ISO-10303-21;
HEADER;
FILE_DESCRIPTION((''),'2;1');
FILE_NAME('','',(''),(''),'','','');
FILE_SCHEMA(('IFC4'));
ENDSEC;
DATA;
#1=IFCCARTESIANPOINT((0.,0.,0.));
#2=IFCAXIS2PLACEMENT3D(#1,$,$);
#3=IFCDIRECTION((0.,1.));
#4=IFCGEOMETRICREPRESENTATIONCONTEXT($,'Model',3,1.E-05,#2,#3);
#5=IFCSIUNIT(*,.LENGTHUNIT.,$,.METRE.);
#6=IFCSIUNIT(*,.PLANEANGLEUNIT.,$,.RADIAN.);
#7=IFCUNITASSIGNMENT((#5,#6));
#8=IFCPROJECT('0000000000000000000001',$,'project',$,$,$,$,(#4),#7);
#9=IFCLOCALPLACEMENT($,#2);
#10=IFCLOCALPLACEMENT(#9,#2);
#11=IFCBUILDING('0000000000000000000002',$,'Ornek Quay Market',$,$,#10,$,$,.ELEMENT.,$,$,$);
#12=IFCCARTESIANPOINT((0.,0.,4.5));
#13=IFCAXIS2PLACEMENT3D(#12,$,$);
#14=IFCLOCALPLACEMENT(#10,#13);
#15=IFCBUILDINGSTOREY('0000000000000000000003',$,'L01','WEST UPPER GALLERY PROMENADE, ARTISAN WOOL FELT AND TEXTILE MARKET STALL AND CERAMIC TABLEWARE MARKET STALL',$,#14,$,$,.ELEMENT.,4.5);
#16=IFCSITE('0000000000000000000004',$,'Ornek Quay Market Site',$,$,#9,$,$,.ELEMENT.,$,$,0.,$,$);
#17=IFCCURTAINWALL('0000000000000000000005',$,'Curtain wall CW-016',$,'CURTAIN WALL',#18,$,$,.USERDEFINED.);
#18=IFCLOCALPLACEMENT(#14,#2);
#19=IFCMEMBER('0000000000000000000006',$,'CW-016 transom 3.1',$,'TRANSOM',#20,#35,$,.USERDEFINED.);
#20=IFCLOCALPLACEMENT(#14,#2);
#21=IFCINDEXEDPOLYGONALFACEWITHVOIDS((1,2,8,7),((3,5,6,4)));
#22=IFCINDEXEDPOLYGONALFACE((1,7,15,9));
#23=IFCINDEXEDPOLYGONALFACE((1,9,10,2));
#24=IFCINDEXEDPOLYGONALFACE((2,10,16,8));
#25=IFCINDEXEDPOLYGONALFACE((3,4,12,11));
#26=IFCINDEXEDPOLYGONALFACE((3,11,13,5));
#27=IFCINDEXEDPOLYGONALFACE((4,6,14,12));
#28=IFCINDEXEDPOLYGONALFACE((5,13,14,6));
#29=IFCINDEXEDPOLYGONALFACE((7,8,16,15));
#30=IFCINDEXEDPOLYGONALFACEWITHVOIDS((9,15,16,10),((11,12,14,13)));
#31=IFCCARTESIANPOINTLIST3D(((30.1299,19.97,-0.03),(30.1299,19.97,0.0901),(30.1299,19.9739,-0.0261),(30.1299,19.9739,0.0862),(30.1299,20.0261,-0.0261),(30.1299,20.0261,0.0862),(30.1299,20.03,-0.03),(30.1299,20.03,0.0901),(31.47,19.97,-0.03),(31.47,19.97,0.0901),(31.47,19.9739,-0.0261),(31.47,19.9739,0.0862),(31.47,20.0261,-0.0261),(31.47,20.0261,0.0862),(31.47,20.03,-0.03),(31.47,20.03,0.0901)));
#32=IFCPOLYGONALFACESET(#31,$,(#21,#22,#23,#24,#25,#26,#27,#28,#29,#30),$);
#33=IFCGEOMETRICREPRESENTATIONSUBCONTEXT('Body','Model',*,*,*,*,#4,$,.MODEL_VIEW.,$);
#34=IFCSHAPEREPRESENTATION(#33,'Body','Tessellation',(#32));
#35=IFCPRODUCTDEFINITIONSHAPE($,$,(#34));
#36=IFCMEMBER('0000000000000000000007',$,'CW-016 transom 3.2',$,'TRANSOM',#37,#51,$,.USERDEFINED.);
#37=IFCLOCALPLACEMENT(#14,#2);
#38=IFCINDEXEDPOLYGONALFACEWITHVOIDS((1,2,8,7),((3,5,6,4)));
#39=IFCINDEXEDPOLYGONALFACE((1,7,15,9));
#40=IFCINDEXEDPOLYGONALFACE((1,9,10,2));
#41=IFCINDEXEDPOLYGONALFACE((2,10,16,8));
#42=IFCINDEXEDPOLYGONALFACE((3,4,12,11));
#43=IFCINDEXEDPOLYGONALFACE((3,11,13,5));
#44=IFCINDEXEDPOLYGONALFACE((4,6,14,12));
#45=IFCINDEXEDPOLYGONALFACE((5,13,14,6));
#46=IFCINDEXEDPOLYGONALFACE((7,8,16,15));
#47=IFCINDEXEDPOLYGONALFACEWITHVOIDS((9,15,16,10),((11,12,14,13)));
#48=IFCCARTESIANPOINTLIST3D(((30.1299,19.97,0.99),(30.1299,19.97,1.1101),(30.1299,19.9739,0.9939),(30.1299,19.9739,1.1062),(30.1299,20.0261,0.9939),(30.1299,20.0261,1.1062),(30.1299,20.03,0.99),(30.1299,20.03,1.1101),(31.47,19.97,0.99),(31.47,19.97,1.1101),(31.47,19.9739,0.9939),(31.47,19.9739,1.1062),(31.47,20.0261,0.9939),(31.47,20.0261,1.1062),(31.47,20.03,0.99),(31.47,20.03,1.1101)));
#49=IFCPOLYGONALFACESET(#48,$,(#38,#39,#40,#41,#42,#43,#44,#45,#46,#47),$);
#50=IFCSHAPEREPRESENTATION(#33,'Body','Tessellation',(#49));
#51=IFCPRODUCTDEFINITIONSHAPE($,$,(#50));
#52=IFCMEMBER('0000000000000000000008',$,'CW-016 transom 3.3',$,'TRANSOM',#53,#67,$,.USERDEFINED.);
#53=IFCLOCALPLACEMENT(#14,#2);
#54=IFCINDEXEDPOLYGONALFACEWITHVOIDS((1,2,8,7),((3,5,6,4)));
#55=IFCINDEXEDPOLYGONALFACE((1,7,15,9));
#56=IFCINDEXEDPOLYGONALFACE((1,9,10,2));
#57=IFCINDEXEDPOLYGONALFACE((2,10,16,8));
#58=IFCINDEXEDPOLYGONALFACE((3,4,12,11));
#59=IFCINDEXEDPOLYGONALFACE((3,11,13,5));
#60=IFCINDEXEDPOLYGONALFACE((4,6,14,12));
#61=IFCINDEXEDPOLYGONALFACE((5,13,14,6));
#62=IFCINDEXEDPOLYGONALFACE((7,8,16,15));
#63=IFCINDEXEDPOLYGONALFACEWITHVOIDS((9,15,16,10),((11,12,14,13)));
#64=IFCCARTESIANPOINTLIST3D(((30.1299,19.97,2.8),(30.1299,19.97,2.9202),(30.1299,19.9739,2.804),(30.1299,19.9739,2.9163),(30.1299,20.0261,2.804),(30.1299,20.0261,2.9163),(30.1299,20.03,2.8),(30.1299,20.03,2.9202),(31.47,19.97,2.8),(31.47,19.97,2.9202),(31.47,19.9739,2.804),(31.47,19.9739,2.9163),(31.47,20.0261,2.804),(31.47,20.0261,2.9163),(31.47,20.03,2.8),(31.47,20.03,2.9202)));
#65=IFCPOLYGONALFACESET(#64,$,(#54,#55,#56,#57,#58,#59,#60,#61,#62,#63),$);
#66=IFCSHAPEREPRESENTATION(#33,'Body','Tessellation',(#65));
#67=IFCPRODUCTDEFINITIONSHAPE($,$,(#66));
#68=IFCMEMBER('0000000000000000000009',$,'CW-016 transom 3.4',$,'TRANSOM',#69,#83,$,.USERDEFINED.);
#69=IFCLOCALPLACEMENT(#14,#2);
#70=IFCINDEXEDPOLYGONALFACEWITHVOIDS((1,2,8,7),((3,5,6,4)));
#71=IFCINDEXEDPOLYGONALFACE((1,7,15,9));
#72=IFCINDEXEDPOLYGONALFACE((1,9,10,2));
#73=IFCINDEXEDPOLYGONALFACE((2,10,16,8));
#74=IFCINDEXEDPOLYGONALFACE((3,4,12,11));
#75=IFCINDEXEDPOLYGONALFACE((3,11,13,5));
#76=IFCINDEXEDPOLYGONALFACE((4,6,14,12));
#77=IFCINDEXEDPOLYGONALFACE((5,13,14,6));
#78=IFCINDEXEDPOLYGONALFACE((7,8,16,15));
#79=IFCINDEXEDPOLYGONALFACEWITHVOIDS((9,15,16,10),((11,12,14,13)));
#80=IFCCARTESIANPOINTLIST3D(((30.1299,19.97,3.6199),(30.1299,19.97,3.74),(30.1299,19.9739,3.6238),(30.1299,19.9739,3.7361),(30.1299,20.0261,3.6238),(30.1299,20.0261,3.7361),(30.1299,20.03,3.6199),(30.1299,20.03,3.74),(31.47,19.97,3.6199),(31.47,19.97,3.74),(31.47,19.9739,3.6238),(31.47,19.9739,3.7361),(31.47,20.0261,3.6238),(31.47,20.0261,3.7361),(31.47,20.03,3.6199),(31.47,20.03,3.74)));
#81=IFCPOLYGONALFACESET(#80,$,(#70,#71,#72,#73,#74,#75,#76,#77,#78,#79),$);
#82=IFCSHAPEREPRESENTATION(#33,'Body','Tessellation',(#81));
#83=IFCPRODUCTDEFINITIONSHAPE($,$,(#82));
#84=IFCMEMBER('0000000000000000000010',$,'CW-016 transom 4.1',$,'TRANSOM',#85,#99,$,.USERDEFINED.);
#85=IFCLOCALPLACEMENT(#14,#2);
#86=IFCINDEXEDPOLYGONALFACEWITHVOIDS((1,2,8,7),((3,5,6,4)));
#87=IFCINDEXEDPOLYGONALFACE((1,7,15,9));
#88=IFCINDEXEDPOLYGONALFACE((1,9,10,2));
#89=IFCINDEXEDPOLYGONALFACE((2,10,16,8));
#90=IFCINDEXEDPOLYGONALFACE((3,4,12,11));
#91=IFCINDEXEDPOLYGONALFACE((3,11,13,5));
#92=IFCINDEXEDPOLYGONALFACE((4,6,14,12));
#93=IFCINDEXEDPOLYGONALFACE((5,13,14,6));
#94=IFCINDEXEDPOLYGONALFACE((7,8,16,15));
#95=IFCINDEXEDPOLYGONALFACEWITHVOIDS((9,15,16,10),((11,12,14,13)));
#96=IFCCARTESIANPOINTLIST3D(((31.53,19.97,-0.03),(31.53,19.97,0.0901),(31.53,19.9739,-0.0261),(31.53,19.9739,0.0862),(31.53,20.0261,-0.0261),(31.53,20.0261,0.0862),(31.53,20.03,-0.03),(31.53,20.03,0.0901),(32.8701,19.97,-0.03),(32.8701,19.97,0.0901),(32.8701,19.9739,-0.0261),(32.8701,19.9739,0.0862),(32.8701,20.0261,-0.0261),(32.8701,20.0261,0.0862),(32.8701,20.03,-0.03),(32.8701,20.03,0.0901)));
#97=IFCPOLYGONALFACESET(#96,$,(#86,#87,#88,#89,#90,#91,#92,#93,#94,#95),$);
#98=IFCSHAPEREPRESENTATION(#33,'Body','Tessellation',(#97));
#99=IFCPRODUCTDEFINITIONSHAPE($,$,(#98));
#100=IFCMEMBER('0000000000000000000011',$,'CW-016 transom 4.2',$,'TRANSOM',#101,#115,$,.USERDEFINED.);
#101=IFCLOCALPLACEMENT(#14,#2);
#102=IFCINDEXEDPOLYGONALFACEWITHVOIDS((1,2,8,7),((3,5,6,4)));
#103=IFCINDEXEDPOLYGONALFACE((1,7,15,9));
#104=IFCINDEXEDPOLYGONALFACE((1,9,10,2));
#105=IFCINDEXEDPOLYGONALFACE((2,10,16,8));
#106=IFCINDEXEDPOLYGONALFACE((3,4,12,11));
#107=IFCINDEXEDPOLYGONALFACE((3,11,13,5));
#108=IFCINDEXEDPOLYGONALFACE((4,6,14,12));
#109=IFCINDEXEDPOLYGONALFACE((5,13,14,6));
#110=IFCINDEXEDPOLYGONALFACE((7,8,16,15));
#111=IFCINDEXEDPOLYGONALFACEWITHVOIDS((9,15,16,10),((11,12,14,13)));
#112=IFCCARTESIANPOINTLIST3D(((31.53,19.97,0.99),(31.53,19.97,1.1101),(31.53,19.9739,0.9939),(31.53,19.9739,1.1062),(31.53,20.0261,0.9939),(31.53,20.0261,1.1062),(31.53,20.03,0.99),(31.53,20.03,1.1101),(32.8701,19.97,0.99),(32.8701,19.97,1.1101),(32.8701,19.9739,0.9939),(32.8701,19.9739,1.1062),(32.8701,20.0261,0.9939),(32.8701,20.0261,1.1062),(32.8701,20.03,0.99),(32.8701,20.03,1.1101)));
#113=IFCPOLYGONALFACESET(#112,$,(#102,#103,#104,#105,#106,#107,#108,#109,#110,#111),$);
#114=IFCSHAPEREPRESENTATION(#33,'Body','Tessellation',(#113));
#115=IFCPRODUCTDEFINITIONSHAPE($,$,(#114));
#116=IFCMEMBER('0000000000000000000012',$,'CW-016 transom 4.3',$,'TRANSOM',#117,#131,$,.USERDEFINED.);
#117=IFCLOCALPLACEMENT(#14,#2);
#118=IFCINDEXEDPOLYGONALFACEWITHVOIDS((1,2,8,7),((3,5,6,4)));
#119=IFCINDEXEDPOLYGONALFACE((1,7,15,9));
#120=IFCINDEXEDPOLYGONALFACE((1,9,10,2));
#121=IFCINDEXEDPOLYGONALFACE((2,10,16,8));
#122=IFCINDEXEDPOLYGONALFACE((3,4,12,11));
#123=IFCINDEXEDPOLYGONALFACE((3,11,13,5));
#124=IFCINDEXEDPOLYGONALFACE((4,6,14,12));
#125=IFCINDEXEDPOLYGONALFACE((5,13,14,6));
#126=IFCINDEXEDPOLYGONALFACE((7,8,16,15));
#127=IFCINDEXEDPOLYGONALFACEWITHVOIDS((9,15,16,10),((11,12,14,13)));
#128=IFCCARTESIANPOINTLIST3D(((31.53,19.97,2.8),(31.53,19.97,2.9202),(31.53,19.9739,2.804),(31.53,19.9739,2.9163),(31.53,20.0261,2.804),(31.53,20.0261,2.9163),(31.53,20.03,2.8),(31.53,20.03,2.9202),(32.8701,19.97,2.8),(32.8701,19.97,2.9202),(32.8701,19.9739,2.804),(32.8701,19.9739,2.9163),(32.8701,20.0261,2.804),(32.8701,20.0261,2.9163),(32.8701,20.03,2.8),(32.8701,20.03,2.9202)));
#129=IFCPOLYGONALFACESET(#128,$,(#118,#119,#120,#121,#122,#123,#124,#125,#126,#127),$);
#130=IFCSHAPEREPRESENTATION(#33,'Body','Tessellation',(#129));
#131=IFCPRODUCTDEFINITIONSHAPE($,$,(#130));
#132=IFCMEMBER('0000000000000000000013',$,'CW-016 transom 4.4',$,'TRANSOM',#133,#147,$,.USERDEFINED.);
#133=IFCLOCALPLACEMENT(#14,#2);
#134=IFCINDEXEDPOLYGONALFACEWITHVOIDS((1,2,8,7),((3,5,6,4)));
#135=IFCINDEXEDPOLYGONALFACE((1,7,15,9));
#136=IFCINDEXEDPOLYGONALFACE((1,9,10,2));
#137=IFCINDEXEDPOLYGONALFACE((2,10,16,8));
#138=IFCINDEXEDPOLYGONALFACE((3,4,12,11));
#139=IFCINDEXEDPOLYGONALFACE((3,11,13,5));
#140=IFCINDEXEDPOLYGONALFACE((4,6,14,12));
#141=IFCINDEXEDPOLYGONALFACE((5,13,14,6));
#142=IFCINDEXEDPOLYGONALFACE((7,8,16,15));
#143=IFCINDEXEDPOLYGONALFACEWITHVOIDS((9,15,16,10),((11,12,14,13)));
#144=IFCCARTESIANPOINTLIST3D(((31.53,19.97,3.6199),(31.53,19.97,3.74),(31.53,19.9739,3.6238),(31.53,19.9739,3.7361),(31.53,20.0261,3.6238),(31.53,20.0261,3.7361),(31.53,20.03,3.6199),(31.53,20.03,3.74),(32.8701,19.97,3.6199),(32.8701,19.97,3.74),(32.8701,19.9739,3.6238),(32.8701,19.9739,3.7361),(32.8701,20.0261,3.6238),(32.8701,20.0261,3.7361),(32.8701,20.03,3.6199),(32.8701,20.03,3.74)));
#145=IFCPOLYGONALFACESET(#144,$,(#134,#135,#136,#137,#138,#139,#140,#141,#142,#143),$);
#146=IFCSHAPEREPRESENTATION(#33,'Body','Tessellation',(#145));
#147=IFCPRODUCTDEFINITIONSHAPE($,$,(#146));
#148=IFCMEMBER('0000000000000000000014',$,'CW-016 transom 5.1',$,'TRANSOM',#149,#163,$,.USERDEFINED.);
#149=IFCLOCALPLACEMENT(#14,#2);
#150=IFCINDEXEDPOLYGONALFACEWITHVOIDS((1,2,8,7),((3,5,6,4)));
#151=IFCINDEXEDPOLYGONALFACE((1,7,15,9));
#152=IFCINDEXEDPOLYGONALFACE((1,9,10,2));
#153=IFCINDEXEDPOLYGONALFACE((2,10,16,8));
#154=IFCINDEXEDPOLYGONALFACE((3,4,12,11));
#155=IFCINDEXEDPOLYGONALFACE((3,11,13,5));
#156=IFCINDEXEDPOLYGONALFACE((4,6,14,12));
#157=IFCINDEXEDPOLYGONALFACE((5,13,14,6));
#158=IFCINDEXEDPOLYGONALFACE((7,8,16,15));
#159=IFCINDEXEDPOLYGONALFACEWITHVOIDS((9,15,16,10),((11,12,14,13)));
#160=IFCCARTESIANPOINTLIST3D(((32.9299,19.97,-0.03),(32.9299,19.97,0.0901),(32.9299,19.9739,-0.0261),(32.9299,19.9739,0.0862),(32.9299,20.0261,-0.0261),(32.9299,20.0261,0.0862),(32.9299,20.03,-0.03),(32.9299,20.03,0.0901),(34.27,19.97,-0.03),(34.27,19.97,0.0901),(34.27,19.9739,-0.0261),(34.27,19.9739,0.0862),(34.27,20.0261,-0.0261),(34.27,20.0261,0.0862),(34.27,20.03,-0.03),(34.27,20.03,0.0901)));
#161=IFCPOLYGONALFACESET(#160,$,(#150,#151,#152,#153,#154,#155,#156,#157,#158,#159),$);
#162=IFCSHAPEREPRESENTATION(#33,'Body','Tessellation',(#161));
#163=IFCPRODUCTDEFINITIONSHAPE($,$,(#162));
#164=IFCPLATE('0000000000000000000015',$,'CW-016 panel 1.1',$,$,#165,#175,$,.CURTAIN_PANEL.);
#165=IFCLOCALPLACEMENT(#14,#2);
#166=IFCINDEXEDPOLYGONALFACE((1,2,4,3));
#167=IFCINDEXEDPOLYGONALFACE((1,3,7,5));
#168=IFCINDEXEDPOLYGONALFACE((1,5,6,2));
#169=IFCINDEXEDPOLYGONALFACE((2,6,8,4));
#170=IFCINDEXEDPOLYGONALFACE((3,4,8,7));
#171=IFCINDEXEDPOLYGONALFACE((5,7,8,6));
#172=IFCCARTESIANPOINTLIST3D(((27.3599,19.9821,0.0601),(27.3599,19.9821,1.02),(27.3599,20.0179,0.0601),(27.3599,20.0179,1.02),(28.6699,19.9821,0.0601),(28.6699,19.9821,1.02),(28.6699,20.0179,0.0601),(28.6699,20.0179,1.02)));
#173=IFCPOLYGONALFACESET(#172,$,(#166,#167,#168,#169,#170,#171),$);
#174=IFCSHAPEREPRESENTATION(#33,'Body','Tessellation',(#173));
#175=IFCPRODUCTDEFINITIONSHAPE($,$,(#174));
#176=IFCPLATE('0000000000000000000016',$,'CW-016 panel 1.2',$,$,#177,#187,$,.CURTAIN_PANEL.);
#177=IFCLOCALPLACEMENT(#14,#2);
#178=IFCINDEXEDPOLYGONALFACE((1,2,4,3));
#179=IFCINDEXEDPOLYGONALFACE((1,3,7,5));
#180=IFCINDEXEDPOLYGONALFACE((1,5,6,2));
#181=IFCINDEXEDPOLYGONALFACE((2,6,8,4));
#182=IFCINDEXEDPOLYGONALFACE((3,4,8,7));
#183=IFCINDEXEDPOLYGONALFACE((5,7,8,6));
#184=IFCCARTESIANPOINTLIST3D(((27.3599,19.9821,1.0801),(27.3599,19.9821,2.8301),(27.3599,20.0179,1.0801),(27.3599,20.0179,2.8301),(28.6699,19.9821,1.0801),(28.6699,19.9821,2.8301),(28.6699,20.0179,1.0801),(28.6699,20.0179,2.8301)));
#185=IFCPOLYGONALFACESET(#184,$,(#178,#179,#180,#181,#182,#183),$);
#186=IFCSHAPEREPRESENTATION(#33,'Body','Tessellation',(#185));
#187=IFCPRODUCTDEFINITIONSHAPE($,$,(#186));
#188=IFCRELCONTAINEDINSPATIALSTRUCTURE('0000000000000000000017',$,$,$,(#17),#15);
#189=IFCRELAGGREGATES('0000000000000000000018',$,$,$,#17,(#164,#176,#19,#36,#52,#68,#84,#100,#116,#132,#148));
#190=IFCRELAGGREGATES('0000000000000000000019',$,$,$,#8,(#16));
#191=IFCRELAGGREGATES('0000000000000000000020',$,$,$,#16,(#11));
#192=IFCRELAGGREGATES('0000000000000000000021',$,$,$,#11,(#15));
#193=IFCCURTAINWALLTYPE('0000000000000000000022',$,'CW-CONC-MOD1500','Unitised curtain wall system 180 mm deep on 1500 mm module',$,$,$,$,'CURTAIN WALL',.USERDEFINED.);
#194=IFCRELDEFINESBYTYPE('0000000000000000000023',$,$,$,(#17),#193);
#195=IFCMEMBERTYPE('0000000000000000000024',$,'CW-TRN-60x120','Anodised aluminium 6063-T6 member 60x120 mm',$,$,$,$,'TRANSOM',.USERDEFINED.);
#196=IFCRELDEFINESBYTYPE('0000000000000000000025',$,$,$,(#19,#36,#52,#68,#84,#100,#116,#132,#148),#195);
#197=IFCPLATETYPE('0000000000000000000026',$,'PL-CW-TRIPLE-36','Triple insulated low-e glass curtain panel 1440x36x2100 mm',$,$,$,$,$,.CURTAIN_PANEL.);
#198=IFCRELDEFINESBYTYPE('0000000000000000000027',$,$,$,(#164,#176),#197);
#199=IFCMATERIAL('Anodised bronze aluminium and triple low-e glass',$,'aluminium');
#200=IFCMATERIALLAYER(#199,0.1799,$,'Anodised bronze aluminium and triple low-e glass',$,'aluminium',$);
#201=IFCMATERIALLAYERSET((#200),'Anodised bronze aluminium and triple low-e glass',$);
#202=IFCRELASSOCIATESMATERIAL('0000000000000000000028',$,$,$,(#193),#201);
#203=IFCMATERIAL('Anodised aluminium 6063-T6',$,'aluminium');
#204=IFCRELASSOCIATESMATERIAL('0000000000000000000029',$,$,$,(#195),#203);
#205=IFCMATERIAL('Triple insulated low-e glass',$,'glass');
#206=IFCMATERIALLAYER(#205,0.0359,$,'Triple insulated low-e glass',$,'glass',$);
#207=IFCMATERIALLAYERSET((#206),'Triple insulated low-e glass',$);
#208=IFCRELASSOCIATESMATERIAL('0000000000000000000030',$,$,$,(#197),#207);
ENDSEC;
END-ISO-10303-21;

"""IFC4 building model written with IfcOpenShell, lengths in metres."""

from ifc_helpers import new_model, si_unit, direction, frame, origin, origin_2d, place, context, subcontext, project, spatial, rectangle, hollow_rectangle, extrude, material, layer, layer_set, material_profile, profile_set, type_object, element, aggregate, save


model = new_model("IFC4")

# Units and contexts
model_context = context("Model", 3, precision=1e-05, world=origin(), true_north=direction((0.0, 1.0)))
body_context = subcontext(model_context, "Body", "Model", "MODEL_VIEW")
ifc_project = project(units=[si_unit("LENGTHUNIT", "METRE"), si_unit("PLANEANGLEUNIT", "RADIAN")], contexts=[model_context])

# Site, building, storey
site_placement = place(None, origin())
site = spatial("IfcSite", under=ifc_project, at=site_placement, Name="Ornek Quay Market Site", CompositionType="ELEMENT", RefElevation=0.0)
building_placement = place(site_placement, origin())
building = spatial("IfcBuilding", under=site, at=building_placement, Name="Ornek Quay Market", CompositionType="ELEMENT")
storey_placement = place(building_placement, frame((0.0, 0.0, 4.5)))
storey = spatial("IfcBuildingStorey", under=building, at=storey_placement, Name="L01", Description="WEST UPPER GALLERY PROMENADE, ARTISAN WOOL FELT AND TEXTILE MARKET STALL AND CERAMIC TABLEWARE MARKET STALL", CompositionType="ELEMENT", Elevation=4.5)

# Curtain wall, members, plates
ifc_material_1 = material(Name="Anodised bronze aluminium and triple low-e glass", Category="aluminium")
ifc_layer_1 = layer(ifc_material_1, 0.1799, Name="Anodised bronze aluminium and triple low-e glass", Category="aluminium")
ifc_layer_set_1 = layer_set([ifc_layer_1], Name="Anodised bronze aluminium and triple low-e glass")
curtain_wall_type = type_object("IfcCurtainWallType", Name="CW-CONC-MOD1500", Description="Unitised curtain wall system 180 mm deep on 1500 mm module", ElementType="CURTAIN WALL", PredefinedType="USERDEFINED", material=ifc_layer_set_1)
curtain_wall_placement = place(storey_placement, origin())
curtain_wall = element("IfcCurtainWall", 1, at=curtain_wall_placement, inside=storey, type_object=curtain_wall_type, Name="Curtain wall CW-016", ObjectType="CURTAIN WALL", PredefinedType="USERDEFINED")
ifc_material_2 = material(Name="Anodised aluminium 6063-T6", Category="aluminium")
ifc_material_profile_1 = material_profile(ifc_material_2, hollow_rectangle(XDim=0.0601, YDim=0.1201, WallThickness=0.0039, at=origin_2d()), Name="CW-TRN-60x120", Category="aluminium")
ifc_profile_set_1 = profile_set([ifc_material_profile_1], Name="Anodised aluminium 6063-T6")
member_type_1 = type_object("IfcMemberType", Name="CW-TRN-60x120", Description="Anodised aluminium 6063-T6 member 60x120 mm", ElementType="TRANSOM", PredefinedType="USERDEFINED", material=ifc_profile_set_1)
member_1_placement = place(storey_placement, frame((30.1299, 20.0, 0.03), z_axis=(1.0, 0.0, 0.0), x_axis=(0.0, 1.0, 0.0)))
member_1 = element("IfcMember", 2, at=member_1_placement, type_object=member_type_1, Name="CW-016 transom 3.1", ObjectType="TRANSOM", PredefinedType="USERDEFINED", context=body_context, shape_type="SweptSolid", body=[
    extrude(hollow_rectangle(XDim=0.0601, YDim=0.1201, WallThickness=0.0039, at=origin_2d()), origin(), (0.0, 0.0, 1.0), 1.3401),
])
member_2_placement = place(storey_placement, frame((30.1299, 20.0, 1.05), z_axis=(1.0, 0.0, 0.0), x_axis=(0.0, 1.0, 0.0)))
member_2 = element("IfcMember", 3, at=member_2_placement, type_object=member_type_1, Name="CW-016 transom 3.2", ObjectType="TRANSOM", PredefinedType="USERDEFINED", context=body_context, shape_type="SweptSolid", body=[
    extrude(hollow_rectangle(XDim=0.0601, YDim=0.1201, WallThickness=0.0039, at=origin_2d()), origin(), (0.0, 0.0, 1.0), 1.3401),
])
member_3_placement = place(storey_placement, frame((30.1299, 20.0, 2.8601), z_axis=(1.0, 0.0, 0.0), x_axis=(0.0, 1.0, 0.0)))
member_3 = element("IfcMember", 4, at=member_3_placement, type_object=member_type_1, Name="CW-016 transom 3.3", ObjectType="TRANSOM", PredefinedType="USERDEFINED", context=body_context, shape_type="SweptSolid", body=[
    extrude(hollow_rectangle(XDim=0.0601, YDim=0.1201, WallThickness=0.0039, at=origin_2d()), origin(), (0.0, 0.0, 1.0), 1.3401),
])
member_4_placement = place(storey_placement, frame((30.1299, 20.0, 3.6799), z_axis=(1.0, 0.0, 0.0), x_axis=(0.0, 1.0, 0.0)))
member_4 = element("IfcMember", 5, at=member_4_placement, type_object=member_type_1, Name="CW-016 transom 3.4", ObjectType="TRANSOM", PredefinedType="USERDEFINED", context=body_context, shape_type="SweptSolid", body=[
    extrude(hollow_rectangle(XDim=0.0601, YDim=0.1201, WallThickness=0.0039, at=origin_2d()), origin(), (0.0, 0.0, 1.0), 1.3401),
])
member_5_placement = place(storey_placement, frame((31.53, 20.0, 0.03), z_axis=(1.0, 0.0, 0.0), x_axis=(0.0, 1.0, 0.0)))
member_5 = element("IfcMember", 6, at=member_5_placement, type_object=member_type_1, Name="CW-016 transom 4.1", ObjectType="TRANSOM", PredefinedType="USERDEFINED", context=body_context, shape_type="SweptSolid", body=[
    extrude(hollow_rectangle(XDim=0.0601, YDim=0.1201, WallThickness=0.0039, at=origin_2d()), origin(), (0.0, 0.0, 1.0), 1.3401),
])
member_6_placement = place(storey_placement, frame((31.53, 20.0, 1.05), z_axis=(1.0, 0.0, 0.0), x_axis=(0.0, 1.0, 0.0)))
member_6 = element("IfcMember", 7, at=member_6_placement, type_object=member_type_1, Name="CW-016 transom 4.2", ObjectType="TRANSOM", PredefinedType="USERDEFINED", context=body_context, shape_type="SweptSolid", body=[
    extrude(hollow_rectangle(XDim=0.0601, YDim=0.1201, WallThickness=0.0039, at=origin_2d()), origin(), (0.0, 0.0, 1.0), 1.3401),
])
member_7_placement = place(storey_placement, frame((31.53, 20.0, 2.8601), z_axis=(1.0, 0.0, 0.0), x_axis=(0.0, 1.0, 0.0)))
member_7 = element("IfcMember", 8, at=member_7_placement, type_object=member_type_1, Name="CW-016 transom 4.3", ObjectType="TRANSOM", PredefinedType="USERDEFINED", context=body_context, shape_type="SweptSolid", body=[
    extrude(hollow_rectangle(XDim=0.0601, YDim=0.1201, WallThickness=0.0039, at=origin_2d()), origin(), (0.0, 0.0, 1.0), 1.3401),
])
member_8_placement = place(storey_placement, frame((31.53, 20.0, 3.6799), z_axis=(1.0, 0.0, 0.0), x_axis=(0.0, 1.0, 0.0)))
member_8 = element("IfcMember", 9, at=member_8_placement, type_object=member_type_1, Name="CW-016 transom 4.4", ObjectType="TRANSOM", PredefinedType="USERDEFINED", context=body_context, shape_type="SweptSolid", body=[
    extrude(hollow_rectangle(XDim=0.0601, YDim=0.1201, WallThickness=0.0039, at=origin_2d()), origin(), (0.0, 0.0, 1.0), 1.3401),
])
member_9_placement = place(storey_placement, frame((32.9299, 20.0, 0.03), z_axis=(1.0, 0.0, 0.0), x_axis=(0.0, 1.0, 0.0)))
member_9 = element("IfcMember", 10, at=member_9_placement, type_object=member_type_1, Name="CW-016 transom 5.1", ObjectType="TRANSOM", PredefinedType="USERDEFINED", context=body_context, shape_type="SweptSolid", body=[
    extrude(hollow_rectangle(XDim=0.0601, YDim=0.1201, WallThickness=0.0039, at=origin_2d()), origin(), (0.0, 0.0, 1.0), 1.3401),
])
ifc_material_3 = material(Name="Triple insulated low-e glass", Category="glass")
ifc_layer_2 = layer(ifc_material_3, 0.0359, Name="Triple insulated low-e glass", Category="glass")
ifc_layer_set_2 = layer_set([ifc_layer_2], Name="Triple insulated low-e glass")
plate_type = type_object("IfcPlateType", Name="PL-CW-TRIPLE-36", Description="Triple insulated low-e glass curtain panel 1440x36x2100 mm", PredefinedType="CURTAIN_PANEL", material=ifc_layer_set_2)
plate_1_placement = place(storey_placement, frame((28.0149, 20.0, 0.0601), z_axis=(0.0, 0.0, 1.0), x_axis=(1.0, 0.0, 0.0)))
plate_1 = element("IfcPlate", 11, at=plate_1_placement, type_object=plate_type, Name="CW-016 panel 1.1", PredefinedType="CURTAIN_PANEL", context=body_context, shape_type="SweptSolid", body=[
    extrude(rectangle(XDim=1.3101, YDim=0.0359, at=origin_2d()), origin(), (0.0, 0.0, 1.0), 0.96),
])
plate_2_placement = place(storey_placement, frame((28.0149, 20.0, 1.0801), z_axis=(0.0, 0.0, 1.0), x_axis=(1.0, 0.0, 0.0)))
plate_2 = element("IfcPlate", 12, at=plate_2_placement, type_object=plate_type, Name="CW-016 panel 1.2", PredefinedType="CURTAIN_PANEL", context=body_context, shape_type="SweptSolid", body=[
    extrude(rectangle(XDim=1.3101, YDim=0.0359, at=origin_2d()), origin(), (0.0, 0.0, 1.0), 1.75),
])
aggregate(curtain_wall, [plate_1, plate_2, member_1, member_2, member_3, member_4, member_5, member_6, member_7, member_8, member_9])

save(model, "model.ifc")
